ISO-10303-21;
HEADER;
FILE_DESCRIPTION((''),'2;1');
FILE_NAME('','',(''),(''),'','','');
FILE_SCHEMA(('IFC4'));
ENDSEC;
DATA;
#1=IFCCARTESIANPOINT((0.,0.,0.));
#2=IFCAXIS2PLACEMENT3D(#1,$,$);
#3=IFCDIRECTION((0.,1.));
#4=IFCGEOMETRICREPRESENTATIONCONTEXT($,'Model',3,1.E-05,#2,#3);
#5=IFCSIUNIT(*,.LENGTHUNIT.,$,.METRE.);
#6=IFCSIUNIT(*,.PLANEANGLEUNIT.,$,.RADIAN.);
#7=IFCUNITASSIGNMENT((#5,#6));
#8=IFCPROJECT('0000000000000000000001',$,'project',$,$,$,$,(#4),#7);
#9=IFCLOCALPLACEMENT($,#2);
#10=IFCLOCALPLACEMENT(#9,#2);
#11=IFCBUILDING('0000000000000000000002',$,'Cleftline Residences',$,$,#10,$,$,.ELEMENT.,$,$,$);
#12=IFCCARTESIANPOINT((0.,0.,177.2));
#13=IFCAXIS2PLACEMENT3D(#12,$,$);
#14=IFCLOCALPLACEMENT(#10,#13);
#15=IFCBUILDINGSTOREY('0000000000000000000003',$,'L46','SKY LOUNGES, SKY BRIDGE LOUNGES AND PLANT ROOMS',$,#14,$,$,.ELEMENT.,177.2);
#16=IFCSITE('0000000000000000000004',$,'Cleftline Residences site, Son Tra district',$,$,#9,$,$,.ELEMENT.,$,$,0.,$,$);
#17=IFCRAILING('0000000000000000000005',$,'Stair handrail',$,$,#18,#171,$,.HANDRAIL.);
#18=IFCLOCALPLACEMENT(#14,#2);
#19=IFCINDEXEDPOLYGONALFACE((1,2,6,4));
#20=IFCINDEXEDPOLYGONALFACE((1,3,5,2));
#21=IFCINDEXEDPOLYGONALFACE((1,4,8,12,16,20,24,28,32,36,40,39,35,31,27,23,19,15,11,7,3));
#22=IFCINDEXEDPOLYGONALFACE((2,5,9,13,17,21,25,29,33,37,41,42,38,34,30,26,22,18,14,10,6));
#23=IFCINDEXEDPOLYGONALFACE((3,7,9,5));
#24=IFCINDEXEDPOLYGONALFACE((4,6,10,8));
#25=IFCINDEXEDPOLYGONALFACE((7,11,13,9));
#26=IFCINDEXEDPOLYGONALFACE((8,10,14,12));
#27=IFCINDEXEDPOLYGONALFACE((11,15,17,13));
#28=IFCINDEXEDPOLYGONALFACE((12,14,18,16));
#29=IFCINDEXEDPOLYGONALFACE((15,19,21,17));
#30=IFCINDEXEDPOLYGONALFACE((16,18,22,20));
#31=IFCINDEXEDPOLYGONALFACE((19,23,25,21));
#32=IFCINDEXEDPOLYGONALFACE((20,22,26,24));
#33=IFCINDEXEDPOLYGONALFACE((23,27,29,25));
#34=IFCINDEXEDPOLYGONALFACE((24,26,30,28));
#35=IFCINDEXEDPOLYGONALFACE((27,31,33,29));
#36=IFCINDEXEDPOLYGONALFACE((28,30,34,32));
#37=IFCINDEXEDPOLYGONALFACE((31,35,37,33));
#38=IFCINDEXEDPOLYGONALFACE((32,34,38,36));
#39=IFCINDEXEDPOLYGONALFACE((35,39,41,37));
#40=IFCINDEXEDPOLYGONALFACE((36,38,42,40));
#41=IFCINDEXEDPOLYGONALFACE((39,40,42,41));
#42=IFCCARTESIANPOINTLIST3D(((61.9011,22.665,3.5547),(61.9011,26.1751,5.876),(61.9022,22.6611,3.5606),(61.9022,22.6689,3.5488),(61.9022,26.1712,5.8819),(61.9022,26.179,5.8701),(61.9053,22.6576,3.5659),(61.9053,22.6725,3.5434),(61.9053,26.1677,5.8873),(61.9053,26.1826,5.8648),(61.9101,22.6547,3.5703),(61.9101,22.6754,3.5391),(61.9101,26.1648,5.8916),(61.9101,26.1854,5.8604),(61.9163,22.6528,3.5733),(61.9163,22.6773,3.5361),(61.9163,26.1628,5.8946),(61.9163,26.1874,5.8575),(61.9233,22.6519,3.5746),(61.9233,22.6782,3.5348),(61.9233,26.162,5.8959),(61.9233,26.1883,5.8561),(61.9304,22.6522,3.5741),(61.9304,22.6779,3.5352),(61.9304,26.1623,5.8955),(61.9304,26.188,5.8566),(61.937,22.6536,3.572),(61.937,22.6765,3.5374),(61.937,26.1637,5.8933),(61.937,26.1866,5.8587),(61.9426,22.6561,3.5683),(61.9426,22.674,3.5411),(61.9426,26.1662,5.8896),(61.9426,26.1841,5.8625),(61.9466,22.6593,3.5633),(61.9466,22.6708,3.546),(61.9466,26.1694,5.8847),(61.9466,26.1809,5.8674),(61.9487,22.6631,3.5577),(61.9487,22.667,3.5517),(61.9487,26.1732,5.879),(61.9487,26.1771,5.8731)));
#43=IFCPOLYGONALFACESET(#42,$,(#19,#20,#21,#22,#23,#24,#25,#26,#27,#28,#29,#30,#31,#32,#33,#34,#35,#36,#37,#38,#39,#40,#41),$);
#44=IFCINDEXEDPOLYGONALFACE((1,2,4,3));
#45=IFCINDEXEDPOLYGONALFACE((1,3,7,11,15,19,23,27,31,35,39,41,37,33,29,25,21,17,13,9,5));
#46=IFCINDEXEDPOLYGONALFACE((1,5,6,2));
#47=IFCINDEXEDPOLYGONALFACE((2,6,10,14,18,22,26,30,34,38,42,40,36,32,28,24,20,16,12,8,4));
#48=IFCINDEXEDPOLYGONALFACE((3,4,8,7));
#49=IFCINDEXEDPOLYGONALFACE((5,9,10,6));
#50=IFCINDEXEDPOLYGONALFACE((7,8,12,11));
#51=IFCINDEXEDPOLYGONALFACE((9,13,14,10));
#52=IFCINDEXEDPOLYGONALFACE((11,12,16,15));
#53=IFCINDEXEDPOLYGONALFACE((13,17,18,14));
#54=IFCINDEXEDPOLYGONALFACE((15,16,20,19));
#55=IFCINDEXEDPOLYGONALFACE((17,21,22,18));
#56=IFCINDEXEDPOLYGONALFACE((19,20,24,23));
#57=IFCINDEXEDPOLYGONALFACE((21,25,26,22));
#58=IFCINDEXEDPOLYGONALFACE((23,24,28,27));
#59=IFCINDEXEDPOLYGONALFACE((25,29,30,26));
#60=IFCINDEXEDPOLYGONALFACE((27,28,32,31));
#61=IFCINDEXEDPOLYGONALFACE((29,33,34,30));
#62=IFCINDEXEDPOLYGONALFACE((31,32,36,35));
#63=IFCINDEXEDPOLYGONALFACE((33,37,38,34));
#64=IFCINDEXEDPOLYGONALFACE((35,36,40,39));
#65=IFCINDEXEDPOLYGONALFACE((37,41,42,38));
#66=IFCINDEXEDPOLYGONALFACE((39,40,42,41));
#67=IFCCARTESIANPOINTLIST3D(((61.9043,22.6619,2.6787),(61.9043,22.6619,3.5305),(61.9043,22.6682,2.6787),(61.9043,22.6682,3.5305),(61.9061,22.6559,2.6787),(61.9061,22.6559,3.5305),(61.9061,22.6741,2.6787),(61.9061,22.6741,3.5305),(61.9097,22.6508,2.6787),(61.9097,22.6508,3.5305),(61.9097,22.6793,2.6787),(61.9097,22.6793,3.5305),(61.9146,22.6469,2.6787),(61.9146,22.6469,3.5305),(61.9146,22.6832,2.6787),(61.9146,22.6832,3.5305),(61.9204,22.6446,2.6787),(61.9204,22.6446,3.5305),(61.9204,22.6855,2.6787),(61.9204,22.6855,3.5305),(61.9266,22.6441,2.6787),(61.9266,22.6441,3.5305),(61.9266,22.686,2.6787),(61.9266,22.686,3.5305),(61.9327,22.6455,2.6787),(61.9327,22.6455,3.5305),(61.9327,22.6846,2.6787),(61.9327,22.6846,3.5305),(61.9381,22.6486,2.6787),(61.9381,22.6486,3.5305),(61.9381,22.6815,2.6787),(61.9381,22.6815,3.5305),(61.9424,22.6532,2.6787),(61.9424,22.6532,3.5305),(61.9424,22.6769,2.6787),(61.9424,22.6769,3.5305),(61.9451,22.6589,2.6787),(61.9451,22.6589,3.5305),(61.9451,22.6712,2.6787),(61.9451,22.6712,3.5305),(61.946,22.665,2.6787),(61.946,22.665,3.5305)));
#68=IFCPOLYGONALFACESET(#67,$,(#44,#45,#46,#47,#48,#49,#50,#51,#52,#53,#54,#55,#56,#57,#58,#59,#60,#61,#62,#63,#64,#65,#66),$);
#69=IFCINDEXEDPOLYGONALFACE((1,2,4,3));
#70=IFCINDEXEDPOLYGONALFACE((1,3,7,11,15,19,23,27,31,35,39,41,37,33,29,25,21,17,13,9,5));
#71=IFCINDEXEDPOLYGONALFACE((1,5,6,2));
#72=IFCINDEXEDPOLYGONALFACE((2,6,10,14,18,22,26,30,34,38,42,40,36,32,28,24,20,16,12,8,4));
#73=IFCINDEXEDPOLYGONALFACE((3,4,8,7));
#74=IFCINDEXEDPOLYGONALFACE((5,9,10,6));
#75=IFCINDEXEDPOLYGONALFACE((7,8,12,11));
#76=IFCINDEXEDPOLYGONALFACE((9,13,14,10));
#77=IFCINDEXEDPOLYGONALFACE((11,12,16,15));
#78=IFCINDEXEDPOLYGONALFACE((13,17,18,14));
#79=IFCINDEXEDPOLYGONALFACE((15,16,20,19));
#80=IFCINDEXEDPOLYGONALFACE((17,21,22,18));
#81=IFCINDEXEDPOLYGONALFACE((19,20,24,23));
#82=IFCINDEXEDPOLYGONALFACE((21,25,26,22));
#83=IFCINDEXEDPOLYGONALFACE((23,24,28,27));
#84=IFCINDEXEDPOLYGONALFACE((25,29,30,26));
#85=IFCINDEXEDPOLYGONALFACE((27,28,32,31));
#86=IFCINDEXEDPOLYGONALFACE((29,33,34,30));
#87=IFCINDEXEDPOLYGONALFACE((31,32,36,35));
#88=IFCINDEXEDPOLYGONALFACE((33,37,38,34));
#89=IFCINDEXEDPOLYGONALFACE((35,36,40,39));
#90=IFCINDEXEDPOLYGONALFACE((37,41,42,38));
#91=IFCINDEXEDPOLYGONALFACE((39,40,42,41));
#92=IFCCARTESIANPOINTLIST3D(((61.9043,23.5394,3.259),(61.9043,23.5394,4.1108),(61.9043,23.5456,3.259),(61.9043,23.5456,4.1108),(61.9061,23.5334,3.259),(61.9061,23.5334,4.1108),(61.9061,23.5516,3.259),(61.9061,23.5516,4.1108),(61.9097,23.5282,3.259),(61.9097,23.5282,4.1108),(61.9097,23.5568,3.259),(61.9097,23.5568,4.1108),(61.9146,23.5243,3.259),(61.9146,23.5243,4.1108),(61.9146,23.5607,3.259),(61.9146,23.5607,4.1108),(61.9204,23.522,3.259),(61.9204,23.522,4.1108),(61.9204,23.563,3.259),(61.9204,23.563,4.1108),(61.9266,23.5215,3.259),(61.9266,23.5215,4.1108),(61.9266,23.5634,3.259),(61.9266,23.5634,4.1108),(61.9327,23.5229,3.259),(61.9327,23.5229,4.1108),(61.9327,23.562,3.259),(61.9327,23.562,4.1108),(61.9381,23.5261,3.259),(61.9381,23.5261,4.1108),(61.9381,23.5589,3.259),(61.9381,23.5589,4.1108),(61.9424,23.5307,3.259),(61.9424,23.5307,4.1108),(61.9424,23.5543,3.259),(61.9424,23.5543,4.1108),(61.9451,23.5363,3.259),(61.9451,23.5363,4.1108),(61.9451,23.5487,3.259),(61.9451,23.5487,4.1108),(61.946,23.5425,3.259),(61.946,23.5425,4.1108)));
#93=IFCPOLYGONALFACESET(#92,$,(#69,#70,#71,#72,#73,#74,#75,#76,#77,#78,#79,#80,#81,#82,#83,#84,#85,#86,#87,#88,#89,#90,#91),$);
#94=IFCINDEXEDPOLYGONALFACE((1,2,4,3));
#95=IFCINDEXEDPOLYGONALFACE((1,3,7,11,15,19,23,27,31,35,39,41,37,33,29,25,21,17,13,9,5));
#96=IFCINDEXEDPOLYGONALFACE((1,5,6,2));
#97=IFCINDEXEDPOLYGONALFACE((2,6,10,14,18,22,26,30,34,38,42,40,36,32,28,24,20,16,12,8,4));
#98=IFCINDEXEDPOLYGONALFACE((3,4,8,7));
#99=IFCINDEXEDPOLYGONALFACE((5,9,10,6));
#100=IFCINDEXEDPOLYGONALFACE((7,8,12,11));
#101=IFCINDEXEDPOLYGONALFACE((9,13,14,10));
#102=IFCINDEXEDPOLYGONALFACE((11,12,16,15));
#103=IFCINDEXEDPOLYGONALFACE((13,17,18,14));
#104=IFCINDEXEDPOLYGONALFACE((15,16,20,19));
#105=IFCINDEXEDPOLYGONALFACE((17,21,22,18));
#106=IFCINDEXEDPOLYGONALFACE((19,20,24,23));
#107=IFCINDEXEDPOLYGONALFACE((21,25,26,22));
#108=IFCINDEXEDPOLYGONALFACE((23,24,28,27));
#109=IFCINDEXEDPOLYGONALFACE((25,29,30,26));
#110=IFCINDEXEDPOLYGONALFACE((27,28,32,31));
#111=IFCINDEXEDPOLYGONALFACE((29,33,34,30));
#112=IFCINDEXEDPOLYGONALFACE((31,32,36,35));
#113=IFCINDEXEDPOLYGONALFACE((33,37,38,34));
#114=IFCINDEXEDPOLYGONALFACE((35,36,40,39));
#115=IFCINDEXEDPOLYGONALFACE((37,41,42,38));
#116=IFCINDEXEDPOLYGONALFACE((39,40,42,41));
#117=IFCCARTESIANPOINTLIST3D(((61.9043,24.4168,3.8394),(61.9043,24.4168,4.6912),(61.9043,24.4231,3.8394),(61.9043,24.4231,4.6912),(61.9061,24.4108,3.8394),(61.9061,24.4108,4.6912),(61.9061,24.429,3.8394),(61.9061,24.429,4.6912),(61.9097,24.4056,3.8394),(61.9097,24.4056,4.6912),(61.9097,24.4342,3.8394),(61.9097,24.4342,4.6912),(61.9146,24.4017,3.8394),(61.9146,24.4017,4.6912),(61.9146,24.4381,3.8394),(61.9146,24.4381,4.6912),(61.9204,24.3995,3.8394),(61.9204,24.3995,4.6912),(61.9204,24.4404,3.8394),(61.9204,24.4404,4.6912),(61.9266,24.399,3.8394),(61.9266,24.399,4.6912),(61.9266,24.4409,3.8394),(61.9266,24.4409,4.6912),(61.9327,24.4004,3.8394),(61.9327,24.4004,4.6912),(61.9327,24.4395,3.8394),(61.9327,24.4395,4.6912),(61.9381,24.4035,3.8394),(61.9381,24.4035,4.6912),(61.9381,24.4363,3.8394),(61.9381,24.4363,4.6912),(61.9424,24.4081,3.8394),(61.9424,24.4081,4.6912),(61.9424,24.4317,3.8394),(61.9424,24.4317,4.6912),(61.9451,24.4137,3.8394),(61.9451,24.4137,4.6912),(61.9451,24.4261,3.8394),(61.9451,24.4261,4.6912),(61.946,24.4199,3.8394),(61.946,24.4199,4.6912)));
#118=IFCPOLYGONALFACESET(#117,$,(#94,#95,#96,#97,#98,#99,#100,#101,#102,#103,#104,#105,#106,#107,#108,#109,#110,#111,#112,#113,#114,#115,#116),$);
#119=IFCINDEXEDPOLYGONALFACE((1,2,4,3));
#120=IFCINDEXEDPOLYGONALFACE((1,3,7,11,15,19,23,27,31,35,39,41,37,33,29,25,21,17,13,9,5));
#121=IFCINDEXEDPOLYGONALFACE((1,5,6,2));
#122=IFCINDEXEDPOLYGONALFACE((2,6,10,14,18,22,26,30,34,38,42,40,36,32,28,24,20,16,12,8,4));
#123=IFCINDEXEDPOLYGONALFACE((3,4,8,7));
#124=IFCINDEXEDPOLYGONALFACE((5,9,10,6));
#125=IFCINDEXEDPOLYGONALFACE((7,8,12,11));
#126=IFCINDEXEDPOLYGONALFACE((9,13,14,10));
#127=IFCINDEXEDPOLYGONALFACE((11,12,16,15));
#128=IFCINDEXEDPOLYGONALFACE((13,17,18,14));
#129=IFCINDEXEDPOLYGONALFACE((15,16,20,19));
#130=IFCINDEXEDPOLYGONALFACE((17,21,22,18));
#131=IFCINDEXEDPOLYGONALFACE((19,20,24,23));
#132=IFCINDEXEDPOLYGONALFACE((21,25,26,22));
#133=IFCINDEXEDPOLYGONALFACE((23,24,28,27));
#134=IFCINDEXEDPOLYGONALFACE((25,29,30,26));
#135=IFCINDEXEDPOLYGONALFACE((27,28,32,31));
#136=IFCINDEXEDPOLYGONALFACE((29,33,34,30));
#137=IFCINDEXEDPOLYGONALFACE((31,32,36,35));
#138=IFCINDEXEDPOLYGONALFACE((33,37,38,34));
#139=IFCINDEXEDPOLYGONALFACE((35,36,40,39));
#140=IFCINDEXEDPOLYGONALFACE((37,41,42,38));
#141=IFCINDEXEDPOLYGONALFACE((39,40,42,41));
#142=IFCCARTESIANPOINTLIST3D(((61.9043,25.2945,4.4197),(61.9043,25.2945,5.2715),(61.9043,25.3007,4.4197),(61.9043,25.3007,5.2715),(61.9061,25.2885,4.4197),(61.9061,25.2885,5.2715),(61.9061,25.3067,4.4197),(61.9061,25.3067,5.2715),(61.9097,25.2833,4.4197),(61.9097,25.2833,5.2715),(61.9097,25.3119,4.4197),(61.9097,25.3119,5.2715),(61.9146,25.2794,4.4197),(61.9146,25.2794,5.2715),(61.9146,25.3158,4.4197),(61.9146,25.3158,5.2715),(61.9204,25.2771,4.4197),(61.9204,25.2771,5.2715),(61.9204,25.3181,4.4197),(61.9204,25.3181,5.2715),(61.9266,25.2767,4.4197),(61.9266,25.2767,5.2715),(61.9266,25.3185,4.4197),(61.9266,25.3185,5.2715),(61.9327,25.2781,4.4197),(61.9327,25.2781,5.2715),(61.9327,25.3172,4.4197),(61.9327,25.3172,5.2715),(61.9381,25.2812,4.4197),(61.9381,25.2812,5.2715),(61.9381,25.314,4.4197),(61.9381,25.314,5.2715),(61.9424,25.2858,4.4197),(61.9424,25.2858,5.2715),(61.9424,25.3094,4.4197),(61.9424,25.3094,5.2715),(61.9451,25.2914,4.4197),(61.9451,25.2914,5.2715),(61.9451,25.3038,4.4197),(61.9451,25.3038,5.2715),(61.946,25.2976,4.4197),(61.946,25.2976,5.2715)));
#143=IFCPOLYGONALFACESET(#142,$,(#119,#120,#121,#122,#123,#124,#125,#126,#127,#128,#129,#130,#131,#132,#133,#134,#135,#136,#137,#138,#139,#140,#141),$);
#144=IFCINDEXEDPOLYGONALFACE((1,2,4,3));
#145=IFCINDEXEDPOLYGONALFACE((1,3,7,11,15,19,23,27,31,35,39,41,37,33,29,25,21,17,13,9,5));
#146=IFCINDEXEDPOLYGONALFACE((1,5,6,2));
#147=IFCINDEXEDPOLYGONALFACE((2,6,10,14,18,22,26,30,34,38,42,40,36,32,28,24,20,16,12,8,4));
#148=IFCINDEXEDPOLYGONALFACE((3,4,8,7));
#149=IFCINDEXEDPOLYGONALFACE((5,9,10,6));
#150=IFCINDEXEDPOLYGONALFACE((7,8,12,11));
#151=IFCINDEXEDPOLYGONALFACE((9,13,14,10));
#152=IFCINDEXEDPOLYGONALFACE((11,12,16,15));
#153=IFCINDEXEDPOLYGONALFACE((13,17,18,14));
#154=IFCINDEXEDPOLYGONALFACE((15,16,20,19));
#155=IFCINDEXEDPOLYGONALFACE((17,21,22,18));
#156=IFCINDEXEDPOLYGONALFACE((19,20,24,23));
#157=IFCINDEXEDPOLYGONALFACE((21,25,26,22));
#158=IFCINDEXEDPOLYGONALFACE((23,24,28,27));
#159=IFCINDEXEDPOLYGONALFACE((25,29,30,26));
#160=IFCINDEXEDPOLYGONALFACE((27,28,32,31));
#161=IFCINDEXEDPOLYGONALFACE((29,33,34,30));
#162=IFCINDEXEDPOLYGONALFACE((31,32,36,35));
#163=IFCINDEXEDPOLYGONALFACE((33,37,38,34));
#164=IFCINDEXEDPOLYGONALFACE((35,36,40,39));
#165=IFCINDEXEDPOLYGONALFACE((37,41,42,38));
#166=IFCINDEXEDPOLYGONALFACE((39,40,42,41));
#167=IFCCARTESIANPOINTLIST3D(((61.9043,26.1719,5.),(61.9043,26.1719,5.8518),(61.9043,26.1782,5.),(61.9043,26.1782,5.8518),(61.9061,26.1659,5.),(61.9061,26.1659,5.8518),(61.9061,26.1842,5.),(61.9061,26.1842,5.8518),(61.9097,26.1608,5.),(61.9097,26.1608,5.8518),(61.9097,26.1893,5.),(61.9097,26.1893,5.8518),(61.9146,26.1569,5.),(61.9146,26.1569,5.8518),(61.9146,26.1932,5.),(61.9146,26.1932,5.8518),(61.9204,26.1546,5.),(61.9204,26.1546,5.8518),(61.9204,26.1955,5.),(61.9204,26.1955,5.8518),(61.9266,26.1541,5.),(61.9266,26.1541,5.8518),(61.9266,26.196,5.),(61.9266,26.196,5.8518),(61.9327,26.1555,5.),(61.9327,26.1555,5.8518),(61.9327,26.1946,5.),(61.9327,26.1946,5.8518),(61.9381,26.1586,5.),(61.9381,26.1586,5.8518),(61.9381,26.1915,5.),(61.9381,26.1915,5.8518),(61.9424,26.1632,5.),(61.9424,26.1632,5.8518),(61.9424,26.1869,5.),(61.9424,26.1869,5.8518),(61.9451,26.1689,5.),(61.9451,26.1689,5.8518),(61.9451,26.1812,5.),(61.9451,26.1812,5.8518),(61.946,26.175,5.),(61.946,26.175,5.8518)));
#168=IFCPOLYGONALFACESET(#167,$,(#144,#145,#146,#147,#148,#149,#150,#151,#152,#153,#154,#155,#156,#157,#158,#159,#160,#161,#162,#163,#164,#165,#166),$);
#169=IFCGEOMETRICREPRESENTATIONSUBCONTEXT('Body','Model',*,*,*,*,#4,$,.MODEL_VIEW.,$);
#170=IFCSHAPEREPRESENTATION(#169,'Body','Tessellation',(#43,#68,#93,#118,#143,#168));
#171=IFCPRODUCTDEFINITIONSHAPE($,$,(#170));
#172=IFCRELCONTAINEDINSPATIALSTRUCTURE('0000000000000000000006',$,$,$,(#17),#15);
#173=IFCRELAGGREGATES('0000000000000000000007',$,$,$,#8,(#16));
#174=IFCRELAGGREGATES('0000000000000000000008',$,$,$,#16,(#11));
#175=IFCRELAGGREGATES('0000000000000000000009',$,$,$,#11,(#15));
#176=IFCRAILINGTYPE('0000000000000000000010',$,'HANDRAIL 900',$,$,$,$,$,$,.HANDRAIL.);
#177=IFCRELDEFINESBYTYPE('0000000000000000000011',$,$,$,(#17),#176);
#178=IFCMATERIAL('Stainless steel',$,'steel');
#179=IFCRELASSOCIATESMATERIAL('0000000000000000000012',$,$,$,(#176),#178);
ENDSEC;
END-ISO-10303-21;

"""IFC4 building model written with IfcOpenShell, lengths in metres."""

from ifc_helpers import new_model, si_unit, direction, frame, origin, origin_2d, place, context, subcontext, project, spatial, circle, extrude, material, type_object, element, save


model = new_model("IFC4")

# Units and contexts
model_context = context("Model", 3, precision=1e-05, world=origin(), true_north=direction((0.0, 1.0)))
body_context = subcontext(model_context, "Body", "Model", "MODEL_VIEW")
ifc_project = project(units=[si_unit("LENGTHUNIT", "METRE"), si_unit("PLANEANGLEUNIT", "RADIAN")], contexts=[model_context])

# Site, building, storey
site_placement = place(None, origin())
site = spatial("IfcSite", under=ifc_project, at=site_placement, Name="Cleftline Residences site, Son Tra district", CompositionType="ELEMENT", RefElevation=0.0)
building_placement = place(site_placement, origin())
building = spatial("IfcBuilding", under=site, at=building_placement, Name="Cleftline Residences", CompositionType="ELEMENT")
storey_placement = place(building_placement, frame((0.0, 0.0, 177.2)))
storey = spatial("IfcBuildingStorey", under=building, at=storey_placement, Name="L46", Description="SKY LOUNGES, SKY BRIDGE LOUNGES AND PLANT ROOMS", CompositionType="ELEMENT", Elevation=177.2)

# Railing
ifc_material_1 = material(Name="Stainless steel", Category="steel")
railing_type = type_object("IfcRailingType", Name="HANDRAIL 900", PredefinedType="HANDRAIL", material=ifc_material_1)
railing_placement = place(storey_placement, frame((61.925, 22.665, 2.6787)))
element("IfcRailing", 1, at=railing_placement, inside=storey, type_object=railing_type, Name="Stair handrail", PredefinedType="HANDRAIL", context=body_context, shape_type="SweptSolid", body=[
    extrude(circle(Radius=0.0239, at=origin_2d()), frame((0.0, 0.0, 0.876), z_axis=(0.0, 0.834097, 0.551617), x_axis=(-1.0, 0.0, 0.0)), (0.0, 0.0, 1.0), 4.2083),
    extrude(circle(Radius=0.021, at=origin_2d()), origin(), (0.0, 0.0, 1.0), 0.8518),
    extrude(circle(Radius=0.021, at=origin_2d()), frame((0.0, 0.8774, 0.5803)), (0.0, 0.0, 1.0), 0.8518),
    extrude(circle(Radius=0.021, at=origin_2d()), frame((0.0, 1.7549, 1.1606)), (0.0, 0.0, 1.0), 0.8518),
    extrude(circle(Radius=0.021, at=origin_2d()), frame((0.0, 2.6326, 1.741)), (0.0, 0.0, 1.0), 0.8518),
    extrude(circle(Radius=0.021, at=origin_2d()), frame((0.0, 3.51, 2.3213)), (0.0, 0.0, 1.0), 0.8518),
])

save(model, "model.ifc")
